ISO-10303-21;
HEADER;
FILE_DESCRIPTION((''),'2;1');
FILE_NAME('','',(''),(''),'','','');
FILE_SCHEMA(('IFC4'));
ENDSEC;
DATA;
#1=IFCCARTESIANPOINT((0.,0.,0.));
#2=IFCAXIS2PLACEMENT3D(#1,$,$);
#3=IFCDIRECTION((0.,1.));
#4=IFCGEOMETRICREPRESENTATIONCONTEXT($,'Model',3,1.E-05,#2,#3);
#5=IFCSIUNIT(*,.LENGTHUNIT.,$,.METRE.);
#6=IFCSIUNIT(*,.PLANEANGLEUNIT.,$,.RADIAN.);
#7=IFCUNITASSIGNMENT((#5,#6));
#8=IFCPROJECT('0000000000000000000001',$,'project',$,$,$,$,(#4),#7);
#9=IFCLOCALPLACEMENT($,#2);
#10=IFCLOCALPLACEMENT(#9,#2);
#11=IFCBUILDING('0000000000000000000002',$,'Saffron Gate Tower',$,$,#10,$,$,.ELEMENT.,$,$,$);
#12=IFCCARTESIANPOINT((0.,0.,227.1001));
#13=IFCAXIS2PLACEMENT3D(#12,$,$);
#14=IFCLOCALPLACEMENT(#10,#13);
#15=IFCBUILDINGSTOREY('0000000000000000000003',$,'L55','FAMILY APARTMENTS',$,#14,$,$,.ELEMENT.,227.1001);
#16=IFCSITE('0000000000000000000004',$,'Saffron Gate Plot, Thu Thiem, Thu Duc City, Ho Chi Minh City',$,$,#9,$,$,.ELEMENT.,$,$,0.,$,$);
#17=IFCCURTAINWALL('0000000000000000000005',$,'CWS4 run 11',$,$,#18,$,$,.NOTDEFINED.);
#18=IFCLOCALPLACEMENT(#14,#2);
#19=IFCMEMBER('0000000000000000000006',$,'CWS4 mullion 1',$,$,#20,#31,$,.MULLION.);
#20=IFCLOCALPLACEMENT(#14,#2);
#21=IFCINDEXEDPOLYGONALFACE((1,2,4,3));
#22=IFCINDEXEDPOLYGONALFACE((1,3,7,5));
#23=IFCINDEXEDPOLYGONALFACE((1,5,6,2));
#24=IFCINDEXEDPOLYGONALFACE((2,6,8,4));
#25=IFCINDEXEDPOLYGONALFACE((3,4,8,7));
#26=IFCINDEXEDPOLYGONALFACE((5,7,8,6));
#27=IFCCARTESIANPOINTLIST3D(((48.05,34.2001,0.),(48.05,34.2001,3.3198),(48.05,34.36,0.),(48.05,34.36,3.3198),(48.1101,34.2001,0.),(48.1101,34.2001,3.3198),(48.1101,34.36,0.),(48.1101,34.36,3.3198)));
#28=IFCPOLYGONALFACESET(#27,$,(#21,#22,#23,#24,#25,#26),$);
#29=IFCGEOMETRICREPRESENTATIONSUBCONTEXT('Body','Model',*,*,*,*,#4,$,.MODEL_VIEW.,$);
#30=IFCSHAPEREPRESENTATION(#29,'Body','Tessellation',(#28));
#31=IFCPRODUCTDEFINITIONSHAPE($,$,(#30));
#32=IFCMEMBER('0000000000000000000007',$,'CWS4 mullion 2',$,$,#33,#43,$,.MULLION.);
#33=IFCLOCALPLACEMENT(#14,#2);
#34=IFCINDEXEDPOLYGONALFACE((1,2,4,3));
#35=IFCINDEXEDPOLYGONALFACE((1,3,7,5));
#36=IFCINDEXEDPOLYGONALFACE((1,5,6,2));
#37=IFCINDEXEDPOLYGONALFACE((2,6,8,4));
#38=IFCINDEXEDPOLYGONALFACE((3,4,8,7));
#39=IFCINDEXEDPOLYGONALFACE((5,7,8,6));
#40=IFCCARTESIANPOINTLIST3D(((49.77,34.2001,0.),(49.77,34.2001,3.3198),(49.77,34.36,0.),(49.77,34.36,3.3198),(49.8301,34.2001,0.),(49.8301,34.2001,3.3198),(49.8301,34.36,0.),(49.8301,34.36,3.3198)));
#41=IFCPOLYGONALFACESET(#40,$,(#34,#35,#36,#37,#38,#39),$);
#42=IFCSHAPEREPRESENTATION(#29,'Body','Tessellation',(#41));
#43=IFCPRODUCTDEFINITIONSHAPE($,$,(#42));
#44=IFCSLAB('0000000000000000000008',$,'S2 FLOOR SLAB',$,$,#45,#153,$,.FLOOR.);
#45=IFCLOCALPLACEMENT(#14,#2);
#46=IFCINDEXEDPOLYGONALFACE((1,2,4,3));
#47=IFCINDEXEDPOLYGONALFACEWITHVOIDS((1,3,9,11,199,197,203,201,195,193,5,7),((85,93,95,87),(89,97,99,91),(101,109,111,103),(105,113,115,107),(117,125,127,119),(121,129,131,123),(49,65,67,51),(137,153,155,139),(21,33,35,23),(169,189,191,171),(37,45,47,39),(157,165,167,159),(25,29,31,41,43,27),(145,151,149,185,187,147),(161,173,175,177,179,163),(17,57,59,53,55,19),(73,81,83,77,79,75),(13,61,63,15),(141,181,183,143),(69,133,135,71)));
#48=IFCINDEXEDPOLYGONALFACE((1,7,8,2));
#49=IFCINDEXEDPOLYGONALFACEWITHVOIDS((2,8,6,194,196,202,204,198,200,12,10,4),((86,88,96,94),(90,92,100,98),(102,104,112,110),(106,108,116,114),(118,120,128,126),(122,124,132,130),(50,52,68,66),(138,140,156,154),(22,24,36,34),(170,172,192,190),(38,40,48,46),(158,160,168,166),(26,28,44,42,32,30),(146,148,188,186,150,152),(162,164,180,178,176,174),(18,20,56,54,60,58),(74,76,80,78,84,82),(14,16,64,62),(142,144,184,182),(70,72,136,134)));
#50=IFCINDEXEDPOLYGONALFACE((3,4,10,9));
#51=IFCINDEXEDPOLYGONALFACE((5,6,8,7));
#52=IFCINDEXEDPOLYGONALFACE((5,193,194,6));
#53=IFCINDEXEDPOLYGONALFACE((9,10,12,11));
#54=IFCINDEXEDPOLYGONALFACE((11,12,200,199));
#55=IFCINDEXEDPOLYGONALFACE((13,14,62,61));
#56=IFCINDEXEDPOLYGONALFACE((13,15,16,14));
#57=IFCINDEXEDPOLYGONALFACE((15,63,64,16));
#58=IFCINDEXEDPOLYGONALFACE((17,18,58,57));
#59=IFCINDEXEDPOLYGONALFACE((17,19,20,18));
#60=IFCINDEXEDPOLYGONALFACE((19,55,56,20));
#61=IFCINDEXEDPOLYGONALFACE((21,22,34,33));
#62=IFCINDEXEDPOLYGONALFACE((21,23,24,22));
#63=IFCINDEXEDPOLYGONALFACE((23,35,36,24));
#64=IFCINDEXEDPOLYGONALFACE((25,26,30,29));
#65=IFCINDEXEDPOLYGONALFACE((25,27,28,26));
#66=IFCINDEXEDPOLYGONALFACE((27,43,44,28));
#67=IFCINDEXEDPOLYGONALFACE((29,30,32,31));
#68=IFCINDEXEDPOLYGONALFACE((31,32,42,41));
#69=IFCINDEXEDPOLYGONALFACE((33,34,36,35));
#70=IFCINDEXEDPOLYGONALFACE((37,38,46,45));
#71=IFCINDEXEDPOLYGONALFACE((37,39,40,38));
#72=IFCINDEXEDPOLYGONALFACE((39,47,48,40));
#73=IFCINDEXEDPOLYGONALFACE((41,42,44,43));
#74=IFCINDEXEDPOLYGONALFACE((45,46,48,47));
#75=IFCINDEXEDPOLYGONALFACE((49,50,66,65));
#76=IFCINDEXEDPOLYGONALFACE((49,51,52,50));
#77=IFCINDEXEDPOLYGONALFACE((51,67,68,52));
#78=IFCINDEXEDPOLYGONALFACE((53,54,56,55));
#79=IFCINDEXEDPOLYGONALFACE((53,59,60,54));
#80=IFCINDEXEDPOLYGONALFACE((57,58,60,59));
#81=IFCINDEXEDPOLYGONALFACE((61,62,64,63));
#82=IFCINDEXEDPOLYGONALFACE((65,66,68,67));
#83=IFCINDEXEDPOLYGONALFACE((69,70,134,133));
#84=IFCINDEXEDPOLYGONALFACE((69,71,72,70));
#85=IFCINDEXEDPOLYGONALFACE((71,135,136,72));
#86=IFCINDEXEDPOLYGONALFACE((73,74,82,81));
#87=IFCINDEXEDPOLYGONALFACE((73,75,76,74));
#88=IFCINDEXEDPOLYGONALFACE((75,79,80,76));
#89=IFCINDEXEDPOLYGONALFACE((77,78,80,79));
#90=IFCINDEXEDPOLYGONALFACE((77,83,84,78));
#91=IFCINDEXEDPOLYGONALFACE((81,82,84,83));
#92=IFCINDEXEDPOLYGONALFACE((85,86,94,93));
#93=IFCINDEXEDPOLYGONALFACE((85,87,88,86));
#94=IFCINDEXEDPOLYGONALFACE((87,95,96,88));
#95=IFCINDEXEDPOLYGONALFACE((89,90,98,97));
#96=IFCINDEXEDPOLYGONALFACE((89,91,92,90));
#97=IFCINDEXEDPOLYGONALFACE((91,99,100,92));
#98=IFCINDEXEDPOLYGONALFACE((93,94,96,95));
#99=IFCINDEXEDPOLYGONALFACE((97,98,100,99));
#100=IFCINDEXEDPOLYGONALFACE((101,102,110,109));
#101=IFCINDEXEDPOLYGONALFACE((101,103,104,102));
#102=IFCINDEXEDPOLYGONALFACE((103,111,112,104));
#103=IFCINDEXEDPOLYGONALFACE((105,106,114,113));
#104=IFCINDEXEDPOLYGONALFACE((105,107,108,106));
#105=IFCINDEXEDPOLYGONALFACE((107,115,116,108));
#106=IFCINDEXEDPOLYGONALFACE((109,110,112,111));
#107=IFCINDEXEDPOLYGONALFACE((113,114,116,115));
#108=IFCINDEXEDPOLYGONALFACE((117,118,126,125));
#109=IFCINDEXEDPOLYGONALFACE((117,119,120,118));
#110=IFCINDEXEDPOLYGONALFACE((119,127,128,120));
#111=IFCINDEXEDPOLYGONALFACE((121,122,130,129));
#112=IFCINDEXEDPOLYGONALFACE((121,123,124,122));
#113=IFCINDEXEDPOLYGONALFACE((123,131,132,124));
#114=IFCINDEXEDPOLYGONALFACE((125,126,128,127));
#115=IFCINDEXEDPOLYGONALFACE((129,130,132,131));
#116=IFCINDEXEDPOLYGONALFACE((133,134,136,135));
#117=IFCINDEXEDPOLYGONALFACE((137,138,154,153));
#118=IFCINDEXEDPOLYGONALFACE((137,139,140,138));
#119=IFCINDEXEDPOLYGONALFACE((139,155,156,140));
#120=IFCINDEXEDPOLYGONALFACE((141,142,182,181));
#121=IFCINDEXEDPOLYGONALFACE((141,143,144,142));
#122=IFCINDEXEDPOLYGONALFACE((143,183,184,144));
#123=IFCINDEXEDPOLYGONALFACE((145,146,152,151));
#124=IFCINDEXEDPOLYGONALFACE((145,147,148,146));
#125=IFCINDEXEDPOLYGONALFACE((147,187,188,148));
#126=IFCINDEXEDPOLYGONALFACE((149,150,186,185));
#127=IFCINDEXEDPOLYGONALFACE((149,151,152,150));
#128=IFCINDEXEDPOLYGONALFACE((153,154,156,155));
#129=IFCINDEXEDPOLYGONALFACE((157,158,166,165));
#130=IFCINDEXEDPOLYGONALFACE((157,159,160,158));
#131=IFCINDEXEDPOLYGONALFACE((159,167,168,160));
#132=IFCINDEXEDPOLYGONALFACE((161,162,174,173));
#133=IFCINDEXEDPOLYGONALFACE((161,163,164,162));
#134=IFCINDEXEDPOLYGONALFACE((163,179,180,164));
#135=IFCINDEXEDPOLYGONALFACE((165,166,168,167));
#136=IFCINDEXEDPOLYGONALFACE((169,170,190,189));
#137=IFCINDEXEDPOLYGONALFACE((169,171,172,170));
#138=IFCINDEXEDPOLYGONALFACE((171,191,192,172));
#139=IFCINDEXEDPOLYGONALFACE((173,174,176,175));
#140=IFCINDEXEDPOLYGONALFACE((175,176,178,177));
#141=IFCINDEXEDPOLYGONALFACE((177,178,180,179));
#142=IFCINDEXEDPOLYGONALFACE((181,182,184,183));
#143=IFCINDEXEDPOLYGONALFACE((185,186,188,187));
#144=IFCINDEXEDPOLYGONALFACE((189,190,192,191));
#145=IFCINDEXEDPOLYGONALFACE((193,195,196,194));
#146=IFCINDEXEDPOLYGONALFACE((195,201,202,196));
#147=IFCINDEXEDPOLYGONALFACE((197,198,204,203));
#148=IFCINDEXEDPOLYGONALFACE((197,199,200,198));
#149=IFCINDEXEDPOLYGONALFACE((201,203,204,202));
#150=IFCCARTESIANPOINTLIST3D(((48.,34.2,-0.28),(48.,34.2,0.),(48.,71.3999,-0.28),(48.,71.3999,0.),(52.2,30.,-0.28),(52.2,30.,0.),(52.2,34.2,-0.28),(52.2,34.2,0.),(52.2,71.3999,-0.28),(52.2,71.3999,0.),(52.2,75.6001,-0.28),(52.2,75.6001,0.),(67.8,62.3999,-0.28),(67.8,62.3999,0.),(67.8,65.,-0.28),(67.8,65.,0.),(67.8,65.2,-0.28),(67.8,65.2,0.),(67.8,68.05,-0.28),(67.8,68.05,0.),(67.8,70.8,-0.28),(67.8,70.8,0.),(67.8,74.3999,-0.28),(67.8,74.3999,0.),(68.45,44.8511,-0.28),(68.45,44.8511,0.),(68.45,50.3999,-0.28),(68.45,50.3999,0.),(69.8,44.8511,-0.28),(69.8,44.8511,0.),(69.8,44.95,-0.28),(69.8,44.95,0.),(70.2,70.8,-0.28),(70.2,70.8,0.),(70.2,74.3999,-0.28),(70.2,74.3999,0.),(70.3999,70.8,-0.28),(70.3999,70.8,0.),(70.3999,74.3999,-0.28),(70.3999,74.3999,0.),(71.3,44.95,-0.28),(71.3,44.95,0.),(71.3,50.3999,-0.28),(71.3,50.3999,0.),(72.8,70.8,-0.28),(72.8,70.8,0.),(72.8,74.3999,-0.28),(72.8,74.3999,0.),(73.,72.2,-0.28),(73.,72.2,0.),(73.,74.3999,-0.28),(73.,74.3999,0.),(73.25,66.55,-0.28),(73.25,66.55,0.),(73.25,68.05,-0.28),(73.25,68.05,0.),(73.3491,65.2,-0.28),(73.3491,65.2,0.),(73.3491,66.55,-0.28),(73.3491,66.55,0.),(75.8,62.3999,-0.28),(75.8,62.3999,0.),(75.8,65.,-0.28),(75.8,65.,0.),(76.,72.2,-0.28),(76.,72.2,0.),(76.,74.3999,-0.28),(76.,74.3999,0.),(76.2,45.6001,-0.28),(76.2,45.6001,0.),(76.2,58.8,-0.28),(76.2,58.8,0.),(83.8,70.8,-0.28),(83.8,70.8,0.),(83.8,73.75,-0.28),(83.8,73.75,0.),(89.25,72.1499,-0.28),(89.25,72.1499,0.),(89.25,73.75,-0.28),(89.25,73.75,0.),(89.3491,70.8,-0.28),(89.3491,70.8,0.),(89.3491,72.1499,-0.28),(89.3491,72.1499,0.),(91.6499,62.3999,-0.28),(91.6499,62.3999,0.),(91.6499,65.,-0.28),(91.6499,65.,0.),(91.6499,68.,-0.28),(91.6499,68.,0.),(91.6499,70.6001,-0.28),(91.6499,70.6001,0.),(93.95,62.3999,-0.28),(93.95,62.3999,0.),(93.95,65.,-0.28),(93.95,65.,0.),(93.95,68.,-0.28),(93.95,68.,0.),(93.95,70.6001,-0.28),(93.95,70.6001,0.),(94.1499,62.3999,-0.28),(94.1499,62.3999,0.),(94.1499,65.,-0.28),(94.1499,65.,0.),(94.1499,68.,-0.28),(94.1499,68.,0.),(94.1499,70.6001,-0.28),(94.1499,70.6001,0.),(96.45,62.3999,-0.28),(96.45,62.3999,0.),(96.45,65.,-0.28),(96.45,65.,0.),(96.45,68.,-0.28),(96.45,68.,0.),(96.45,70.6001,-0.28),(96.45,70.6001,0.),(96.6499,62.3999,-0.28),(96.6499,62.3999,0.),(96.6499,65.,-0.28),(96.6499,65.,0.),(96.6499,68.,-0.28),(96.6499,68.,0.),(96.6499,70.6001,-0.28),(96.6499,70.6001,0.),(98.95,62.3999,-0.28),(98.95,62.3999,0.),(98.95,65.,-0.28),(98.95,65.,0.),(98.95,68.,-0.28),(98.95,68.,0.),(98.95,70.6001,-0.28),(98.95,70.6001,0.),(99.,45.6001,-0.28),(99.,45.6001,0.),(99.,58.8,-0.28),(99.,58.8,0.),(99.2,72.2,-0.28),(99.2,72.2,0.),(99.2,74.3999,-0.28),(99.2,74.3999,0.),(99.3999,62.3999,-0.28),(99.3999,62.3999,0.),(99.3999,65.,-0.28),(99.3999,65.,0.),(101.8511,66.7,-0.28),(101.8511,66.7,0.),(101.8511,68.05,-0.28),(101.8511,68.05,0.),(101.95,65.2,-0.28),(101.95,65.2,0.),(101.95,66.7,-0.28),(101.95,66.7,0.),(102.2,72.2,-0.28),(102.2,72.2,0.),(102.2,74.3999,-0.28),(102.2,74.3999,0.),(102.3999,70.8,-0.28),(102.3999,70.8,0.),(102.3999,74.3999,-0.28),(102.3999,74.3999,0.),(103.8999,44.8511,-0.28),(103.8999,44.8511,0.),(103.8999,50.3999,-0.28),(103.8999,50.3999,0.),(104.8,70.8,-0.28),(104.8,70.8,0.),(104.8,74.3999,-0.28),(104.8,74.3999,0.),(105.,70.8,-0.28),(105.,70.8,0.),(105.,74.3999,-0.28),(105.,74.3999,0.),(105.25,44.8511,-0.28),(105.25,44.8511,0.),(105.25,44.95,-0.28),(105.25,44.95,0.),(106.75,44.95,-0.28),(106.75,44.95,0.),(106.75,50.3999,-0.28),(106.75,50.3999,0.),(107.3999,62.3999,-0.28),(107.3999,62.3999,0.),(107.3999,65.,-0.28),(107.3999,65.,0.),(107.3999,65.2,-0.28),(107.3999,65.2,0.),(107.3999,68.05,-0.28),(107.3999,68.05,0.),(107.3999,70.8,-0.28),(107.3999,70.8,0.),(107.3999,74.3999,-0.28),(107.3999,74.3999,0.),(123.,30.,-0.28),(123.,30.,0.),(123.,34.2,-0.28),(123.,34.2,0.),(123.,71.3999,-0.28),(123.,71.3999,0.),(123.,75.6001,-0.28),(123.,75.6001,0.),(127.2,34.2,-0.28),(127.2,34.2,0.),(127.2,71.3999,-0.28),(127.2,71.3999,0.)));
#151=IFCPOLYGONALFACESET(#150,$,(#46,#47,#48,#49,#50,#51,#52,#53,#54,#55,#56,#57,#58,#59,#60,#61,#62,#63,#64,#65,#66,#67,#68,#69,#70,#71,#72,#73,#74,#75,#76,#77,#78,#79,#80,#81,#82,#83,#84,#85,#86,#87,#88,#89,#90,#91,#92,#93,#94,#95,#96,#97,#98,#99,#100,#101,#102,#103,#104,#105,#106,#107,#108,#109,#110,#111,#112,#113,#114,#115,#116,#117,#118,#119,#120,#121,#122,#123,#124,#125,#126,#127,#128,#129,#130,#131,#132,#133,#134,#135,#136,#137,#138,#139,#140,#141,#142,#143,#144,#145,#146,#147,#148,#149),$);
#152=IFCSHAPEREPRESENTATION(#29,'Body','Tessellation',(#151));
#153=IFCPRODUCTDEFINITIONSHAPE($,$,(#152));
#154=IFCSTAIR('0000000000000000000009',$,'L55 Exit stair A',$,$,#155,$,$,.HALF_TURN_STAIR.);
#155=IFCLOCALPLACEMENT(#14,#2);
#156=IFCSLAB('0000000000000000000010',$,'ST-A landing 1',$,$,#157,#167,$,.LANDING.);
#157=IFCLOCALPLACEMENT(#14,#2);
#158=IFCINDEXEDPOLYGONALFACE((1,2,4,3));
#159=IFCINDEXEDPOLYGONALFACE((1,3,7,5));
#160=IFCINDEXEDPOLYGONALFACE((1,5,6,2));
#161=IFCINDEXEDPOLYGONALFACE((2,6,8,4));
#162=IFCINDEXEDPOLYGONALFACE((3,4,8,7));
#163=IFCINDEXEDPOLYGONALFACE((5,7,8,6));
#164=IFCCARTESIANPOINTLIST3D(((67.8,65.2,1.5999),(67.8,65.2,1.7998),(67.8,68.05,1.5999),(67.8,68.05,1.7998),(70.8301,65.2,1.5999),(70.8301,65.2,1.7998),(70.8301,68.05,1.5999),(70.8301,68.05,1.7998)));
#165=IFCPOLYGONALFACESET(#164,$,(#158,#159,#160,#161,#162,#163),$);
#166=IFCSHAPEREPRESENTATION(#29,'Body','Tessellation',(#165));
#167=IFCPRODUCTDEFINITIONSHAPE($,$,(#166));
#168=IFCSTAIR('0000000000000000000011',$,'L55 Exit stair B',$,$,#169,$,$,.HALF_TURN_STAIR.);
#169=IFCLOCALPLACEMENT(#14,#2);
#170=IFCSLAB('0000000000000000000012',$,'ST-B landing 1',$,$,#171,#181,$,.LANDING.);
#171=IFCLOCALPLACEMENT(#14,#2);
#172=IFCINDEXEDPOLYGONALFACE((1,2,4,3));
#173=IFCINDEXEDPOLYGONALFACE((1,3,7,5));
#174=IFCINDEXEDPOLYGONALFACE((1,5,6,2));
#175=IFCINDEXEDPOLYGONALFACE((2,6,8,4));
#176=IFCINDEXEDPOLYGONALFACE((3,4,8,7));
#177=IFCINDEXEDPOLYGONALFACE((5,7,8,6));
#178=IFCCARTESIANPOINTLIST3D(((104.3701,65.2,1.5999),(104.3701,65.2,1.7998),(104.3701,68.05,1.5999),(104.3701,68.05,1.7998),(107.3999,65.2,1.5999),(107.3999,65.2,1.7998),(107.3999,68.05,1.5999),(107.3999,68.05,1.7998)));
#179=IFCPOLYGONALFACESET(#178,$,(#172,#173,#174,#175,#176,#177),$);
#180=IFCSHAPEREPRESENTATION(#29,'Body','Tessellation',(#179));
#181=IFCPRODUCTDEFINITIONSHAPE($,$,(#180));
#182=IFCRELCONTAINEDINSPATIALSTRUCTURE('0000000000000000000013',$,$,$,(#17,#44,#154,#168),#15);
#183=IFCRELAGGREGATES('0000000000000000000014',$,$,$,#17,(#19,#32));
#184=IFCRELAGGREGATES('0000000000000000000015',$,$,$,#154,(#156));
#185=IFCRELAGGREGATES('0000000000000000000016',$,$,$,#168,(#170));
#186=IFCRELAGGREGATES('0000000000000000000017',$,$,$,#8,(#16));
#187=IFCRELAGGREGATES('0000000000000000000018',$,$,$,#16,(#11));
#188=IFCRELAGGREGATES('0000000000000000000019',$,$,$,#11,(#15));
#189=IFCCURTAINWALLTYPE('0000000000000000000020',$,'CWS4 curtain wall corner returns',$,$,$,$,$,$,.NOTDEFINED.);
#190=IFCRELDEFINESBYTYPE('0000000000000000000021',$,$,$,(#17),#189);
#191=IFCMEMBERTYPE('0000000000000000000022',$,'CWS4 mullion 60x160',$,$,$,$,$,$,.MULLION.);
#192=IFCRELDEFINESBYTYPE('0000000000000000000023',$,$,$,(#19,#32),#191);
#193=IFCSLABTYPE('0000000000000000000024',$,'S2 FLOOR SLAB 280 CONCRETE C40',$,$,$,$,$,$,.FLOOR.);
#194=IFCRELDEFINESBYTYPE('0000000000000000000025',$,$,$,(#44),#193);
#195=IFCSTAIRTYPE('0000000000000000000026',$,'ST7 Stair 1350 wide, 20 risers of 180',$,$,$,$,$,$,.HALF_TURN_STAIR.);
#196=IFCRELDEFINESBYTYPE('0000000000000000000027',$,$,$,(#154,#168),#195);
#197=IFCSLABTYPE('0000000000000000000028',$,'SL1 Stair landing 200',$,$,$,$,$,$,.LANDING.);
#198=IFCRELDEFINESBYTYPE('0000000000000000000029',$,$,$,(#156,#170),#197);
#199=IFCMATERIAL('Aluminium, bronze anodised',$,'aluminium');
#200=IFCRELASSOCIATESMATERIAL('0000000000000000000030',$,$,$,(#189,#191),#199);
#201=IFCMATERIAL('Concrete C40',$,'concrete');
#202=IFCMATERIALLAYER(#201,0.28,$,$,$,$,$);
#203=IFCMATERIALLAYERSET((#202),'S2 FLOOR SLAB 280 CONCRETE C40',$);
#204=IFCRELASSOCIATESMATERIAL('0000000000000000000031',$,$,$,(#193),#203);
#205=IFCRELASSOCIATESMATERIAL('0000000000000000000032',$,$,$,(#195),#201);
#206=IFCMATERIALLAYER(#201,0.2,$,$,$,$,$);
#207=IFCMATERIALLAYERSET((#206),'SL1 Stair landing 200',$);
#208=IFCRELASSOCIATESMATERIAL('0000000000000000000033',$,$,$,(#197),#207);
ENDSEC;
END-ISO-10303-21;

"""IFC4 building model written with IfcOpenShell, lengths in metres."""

from ifc_helpers import new_model, si_unit, direction, frame, origin, origin_2d, place, context, subcontext, project, spatial, polyline, rectangle, outline, extrude, material, layer, layer_set, material_profile, profile_set, type_object, element, aggregate, save


model = new_model("IFC4")

# Units and contexts
model_context = context("Model", 3, precision=1e-05, world=origin(), true_north=direction((0.0, 1.0)))
body_context = subcontext(model_context, "Body", "Model", "MODEL_VIEW")
ifc_project = project(units=[si_unit("LENGTHUNIT", "METRE"), si_unit("PLANEANGLEUNIT", "RADIAN")], contexts=[model_context])

# Site, building, storey
site_placement = place(None, origin())
site = spatial("IfcSite", under=ifc_project, at=site_placement, Name="Saffron Gate Plot, Thu Thiem, Thu Duc City, Ho Chi Minh City", CompositionType="ELEMENT", RefElevation=0.0)
building_placement = place(site_placement, origin())
building = spatial("IfcBuilding", under=site, at=building_placement, Name="Saffron Gate Tower", CompositionType="ELEMENT")
storey_placement = place(building_placement, frame((0.0, 0.0, 227.1001)))
storey = spatial("IfcBuildingStorey", under=building, at=storey_placement, Name="L55", Description="FAMILY APARTMENTS", CompositionType="ELEMENT", Elevation=227.1001)

# Curtain wall, members
ifc_material_1 = material(Name="Aluminium, bronze anodised", Category="aluminium")
curtain_wall_type = type_object("IfcCurtainWallType", Name="CWS4 curtain wall corner returns", PredefinedType="NOTDEFINED", material=ifc_material_1)
curtain_wall_placement = place(storey_placement, origin())
curtain_wall = element("IfcCurtainWall", 1, at=curtain_wall_placement, inside=storey, type_object=curtain_wall_type, Name="CWS4 run 11", PredefinedType="NOTDEFINED")
ifc_material_profile = material_profile(ifc_material_1, rectangle(XDim=0.1599, YDim=0.0601, at=origin_2d()))
ifc_profile_set = profile_set([ifc_material_profile], Name="Aluminium, bronze anodised")
member_type = type_object("IfcMemberType", Name="CWS4 mullion 60x160", PredefinedType="MULLION", material=ifc_profile_set)
member_1_placement = place(storey_placement, frame((48.0801, 34.28, 0.0), z_axis=(0.0, 0.0, 1.0), x_axis=(0.0, 1.0, 0.0)))
member_1 = element("IfcMember", 2, at=member_1_placement, type_object=member_type, Name="CWS4 mullion 1", PredefinedType="MULLION", context=body_context, shape_type="SweptSolid", body=[
    extrude(rectangle(XDim=0.1599, YDim=0.0601, at=origin_2d()), origin(), (0.0, 0.0, 1.0), 3.3198),
])
member_2_placement = place(storey_placement, frame((49.8, 34.28, 0.0), z_axis=(0.0, 0.0, 1.0), x_axis=(0.0, 1.0, 0.0)))
member_2 = element("IfcMember", 3, at=member_2_placement, type_object=member_type, Name="CWS4 mullion 2", PredefinedType="MULLION", context=body_context, shape_type="SweptSolid", body=[
    extrude(rectangle(XDim=0.1599, YDim=0.0601, at=origin_2d()), origin(), (0.0, 0.0, 1.0), 3.3198),
])
aggregate(curtain_wall, [member_1, member_2])

# Slab
ifc_material_2 = material(Name="Concrete C40", Category="concrete")
ifc_layer_1 = layer(ifc_material_2, 0.28)
ifc_layer_set_1 = layer_set([ifc_layer_1], Name="S2 FLOOR SLAB 280 CONCRETE C40")
slab_type_1 = type_object("IfcSlabType", Name="S2 FLOOR SLAB 280 CONCRETE C40", PredefinedType="FLOOR", material=ifc_layer_set_1)
slab_1_placement = place(storey_placement, frame((0.0, 0.0, -0.28)))
element("IfcSlab", 4, at=slab_1_placement, inside=storey, type_object=slab_type_1, Name="S2 FLOOR SLAB", PredefinedType="FLOOR", context=body_context, shape_type="SweptSolid", body=[
    extrude(outline(polyline([(48.0, 34.2), (52.2, 34.2), (52.2, 30.0), (123.0, 30.0), (123.0, 34.2), (127.2, 34.2), (127.2, 71.3999), (123.0, 71.3999), (123.0, 75.6001), (52.2, 75.6001), (52.2, 71.3999), (48.0, 71.3999), (48.0, 34.2)]), holes=[polyline([(67.8, 62.3999), (67.8, 65.0), (75.8, 65.0), (75.8, 62.3999), (67.8, 62.3999)]), polyline([(67.8, 65.2), (67.8, 68.05), (73.25, 68.05), (73.25, 66.55), (73.3491, 66.55), (73.3491, 65.2), (67.8, 65.2)]), polyline([(67.8, 70.8), (67.8, 74.3999), (70.2, 74.3999), (70.2, 70.8), (67.8, 70.8)]), polyline([(68.45, 44.8511), (68.45, 50.3999), (71.3, 50.3999), (71.3, 44.95), (69.8, 44.95), (69.8, 44.8511), (68.45, 44.8511)]), polyline([(70.3999, 70.8), (70.3999, 74.3999), (72.8, 74.3999), (72.8, 70.8), (70.3999, 70.8)]), polyline([(73.0, 72.2), (73.0, 74.3999), (76.0, 74.3999), (76.0, 72.2), (73.0, 72.2)]), polyline([(76.2, 45.6001), (76.2, 58.8), (99.0, 58.8), (99.0, 45.6001), (76.2, 45.6001)]), polyline([(83.8, 70.8), (83.8, 73.75), (89.25, 73.75), (89.25, 72.1499), (89.3491, 72.1499), (89.3491, 70.8), (83.8, 70.8)]), polyline([(91.6499, 62.3999), (91.6499, 65.0), (93.95, 65.0), (93.95, 62.3999), (91.6499, 62.3999)]), polyline([(91.6499, 68.0), (91.6499, 70.6001), (93.95, 70.6001), (93.95, 68.0), (91.6499, 68.0)]), polyline([(94.1499, 62.3999), (94.1499, 65.0), (96.45, 65.0), (96.45, 62.3999), (94.1499, 62.3999)]), polyline([(94.1499, 68.0), (94.1499, 70.6001), (96.45, 70.6001), (96.45, 68.0), (94.1499, 68.0)]), polyline([(96.6499, 62.3999), (96.6499, 65.0), (98.95, 65.0), (98.95, 62.3999), (96.6499, 62.3999)]), polyline([(96.6499, 68.0), (96.6499, 70.6001), (98.95, 70.6001), (98.95, 68.0), (96.6499, 68.0)]), polyline([(99.2, 72.2), (99.2, 74.3999), (102.2, 74.3999), (102.2, 72.2), (99.2, 72.2)]), polyline([(99.3999, 62.3999), (99.3999, 65.0), (107.3999, 65.0), (107.3999, 62.3999), (99.3999, 62.3999)]), polyline([(101.8511, 66.7), (101.8511, 68.05), (107.3999, 68.05), (107.3999, 65.2), (101.95, 65.2), (101.95, 66.7), (101.8511, 66.7)]), polyline([(102.3999, 70.8), (102.3999, 74.3999), (104.8, 74.3999), (104.8, 70.8), (102.3999, 70.8)]), polyline([(103.8999, 44.8511), (103.8999, 50.3999), (106.75, 50.3999), (106.75, 44.95), (105.25, 44.95), (105.25, 44.8511), (103.8999, 44.8511)]), polyline([(105.0, 70.8), (105.0, 74.3999), (107.3999, 74.3999), (107.3999, 70.8), (105.0, 70.8)])]), origin(), (0.0, 0.0, 1.0), 0.28),
])

# Stairs, slabs
stair_type = type_object("IfcStairType", Name="ST7 Stair 1350 wide, 20 risers of 180", PredefinedType="HALF_TURN_STAIR", material=ifc_material_2)
stair_1_placement = place(storey_placement, origin())
stair_1 = element("IfcStair", 5, at=stair_1_placement, inside=storey, type_object=stair_type, Name="L55 Exit stair A", PredefinedType="HALF_TURN_STAIR")
ifc_layer_2 = layer(ifc_material_2, 0.2)
ifc_layer_set_2 = layer_set([ifc_layer_2], Name="SL1 Stair landing 200")
slab_type_2 = type_object("IfcSlabType", Name="SL1 Stair landing 200", PredefinedType="LANDING", material=ifc_layer_set_2)
slab_2_placement = place(storey_placement, frame((0.0, 0.0, 1.5999)))
slab_2 = element("IfcSlab", 6, at=slab_2_placement, type_object=slab_type_2, Name="ST-A landing 1", PredefinedType="LANDING", context=body_context, shape_type="SweptSolid", body=[
    extrude(outline(polyline([(70.8301, 68.05), (67.8, 68.05), (67.8, 65.2), (70.8301, 65.2), (70.8301, 68.05)])), origin(), (0.0, 0.0, 1.0), 0.2),
])
aggregate(stair_1, [slab_2])
stair_2_placement = place(storey_placement, origin())
stair_2 = element("IfcStair", 7, at=stair_2_placement, inside=storey, type_object=stair_type, Name="L55 Exit stair B", PredefinedType="HALF_TURN_STAIR")
slab_3_placement = place(storey_placement, frame((0.0, 0.0, 1.5999)))
slab_3 = element("IfcSlab", 8, at=slab_3_placement, type_object=slab_type_2, Name="ST-B landing 1", PredefinedType="LANDING", context=body_context, shape_type="SweptSolid", body=[
    extrude(outline(polyline([(104.3701, 65.2), (107.3999, 65.2), (107.3999, 68.05), (104.3701, 68.05), (104.3701, 65.2)])), origin(), (0.0, 0.0, 1.0), 0.2),
])
aggregate(stair_2, [slab_3])

save(model, "model.ifc")
